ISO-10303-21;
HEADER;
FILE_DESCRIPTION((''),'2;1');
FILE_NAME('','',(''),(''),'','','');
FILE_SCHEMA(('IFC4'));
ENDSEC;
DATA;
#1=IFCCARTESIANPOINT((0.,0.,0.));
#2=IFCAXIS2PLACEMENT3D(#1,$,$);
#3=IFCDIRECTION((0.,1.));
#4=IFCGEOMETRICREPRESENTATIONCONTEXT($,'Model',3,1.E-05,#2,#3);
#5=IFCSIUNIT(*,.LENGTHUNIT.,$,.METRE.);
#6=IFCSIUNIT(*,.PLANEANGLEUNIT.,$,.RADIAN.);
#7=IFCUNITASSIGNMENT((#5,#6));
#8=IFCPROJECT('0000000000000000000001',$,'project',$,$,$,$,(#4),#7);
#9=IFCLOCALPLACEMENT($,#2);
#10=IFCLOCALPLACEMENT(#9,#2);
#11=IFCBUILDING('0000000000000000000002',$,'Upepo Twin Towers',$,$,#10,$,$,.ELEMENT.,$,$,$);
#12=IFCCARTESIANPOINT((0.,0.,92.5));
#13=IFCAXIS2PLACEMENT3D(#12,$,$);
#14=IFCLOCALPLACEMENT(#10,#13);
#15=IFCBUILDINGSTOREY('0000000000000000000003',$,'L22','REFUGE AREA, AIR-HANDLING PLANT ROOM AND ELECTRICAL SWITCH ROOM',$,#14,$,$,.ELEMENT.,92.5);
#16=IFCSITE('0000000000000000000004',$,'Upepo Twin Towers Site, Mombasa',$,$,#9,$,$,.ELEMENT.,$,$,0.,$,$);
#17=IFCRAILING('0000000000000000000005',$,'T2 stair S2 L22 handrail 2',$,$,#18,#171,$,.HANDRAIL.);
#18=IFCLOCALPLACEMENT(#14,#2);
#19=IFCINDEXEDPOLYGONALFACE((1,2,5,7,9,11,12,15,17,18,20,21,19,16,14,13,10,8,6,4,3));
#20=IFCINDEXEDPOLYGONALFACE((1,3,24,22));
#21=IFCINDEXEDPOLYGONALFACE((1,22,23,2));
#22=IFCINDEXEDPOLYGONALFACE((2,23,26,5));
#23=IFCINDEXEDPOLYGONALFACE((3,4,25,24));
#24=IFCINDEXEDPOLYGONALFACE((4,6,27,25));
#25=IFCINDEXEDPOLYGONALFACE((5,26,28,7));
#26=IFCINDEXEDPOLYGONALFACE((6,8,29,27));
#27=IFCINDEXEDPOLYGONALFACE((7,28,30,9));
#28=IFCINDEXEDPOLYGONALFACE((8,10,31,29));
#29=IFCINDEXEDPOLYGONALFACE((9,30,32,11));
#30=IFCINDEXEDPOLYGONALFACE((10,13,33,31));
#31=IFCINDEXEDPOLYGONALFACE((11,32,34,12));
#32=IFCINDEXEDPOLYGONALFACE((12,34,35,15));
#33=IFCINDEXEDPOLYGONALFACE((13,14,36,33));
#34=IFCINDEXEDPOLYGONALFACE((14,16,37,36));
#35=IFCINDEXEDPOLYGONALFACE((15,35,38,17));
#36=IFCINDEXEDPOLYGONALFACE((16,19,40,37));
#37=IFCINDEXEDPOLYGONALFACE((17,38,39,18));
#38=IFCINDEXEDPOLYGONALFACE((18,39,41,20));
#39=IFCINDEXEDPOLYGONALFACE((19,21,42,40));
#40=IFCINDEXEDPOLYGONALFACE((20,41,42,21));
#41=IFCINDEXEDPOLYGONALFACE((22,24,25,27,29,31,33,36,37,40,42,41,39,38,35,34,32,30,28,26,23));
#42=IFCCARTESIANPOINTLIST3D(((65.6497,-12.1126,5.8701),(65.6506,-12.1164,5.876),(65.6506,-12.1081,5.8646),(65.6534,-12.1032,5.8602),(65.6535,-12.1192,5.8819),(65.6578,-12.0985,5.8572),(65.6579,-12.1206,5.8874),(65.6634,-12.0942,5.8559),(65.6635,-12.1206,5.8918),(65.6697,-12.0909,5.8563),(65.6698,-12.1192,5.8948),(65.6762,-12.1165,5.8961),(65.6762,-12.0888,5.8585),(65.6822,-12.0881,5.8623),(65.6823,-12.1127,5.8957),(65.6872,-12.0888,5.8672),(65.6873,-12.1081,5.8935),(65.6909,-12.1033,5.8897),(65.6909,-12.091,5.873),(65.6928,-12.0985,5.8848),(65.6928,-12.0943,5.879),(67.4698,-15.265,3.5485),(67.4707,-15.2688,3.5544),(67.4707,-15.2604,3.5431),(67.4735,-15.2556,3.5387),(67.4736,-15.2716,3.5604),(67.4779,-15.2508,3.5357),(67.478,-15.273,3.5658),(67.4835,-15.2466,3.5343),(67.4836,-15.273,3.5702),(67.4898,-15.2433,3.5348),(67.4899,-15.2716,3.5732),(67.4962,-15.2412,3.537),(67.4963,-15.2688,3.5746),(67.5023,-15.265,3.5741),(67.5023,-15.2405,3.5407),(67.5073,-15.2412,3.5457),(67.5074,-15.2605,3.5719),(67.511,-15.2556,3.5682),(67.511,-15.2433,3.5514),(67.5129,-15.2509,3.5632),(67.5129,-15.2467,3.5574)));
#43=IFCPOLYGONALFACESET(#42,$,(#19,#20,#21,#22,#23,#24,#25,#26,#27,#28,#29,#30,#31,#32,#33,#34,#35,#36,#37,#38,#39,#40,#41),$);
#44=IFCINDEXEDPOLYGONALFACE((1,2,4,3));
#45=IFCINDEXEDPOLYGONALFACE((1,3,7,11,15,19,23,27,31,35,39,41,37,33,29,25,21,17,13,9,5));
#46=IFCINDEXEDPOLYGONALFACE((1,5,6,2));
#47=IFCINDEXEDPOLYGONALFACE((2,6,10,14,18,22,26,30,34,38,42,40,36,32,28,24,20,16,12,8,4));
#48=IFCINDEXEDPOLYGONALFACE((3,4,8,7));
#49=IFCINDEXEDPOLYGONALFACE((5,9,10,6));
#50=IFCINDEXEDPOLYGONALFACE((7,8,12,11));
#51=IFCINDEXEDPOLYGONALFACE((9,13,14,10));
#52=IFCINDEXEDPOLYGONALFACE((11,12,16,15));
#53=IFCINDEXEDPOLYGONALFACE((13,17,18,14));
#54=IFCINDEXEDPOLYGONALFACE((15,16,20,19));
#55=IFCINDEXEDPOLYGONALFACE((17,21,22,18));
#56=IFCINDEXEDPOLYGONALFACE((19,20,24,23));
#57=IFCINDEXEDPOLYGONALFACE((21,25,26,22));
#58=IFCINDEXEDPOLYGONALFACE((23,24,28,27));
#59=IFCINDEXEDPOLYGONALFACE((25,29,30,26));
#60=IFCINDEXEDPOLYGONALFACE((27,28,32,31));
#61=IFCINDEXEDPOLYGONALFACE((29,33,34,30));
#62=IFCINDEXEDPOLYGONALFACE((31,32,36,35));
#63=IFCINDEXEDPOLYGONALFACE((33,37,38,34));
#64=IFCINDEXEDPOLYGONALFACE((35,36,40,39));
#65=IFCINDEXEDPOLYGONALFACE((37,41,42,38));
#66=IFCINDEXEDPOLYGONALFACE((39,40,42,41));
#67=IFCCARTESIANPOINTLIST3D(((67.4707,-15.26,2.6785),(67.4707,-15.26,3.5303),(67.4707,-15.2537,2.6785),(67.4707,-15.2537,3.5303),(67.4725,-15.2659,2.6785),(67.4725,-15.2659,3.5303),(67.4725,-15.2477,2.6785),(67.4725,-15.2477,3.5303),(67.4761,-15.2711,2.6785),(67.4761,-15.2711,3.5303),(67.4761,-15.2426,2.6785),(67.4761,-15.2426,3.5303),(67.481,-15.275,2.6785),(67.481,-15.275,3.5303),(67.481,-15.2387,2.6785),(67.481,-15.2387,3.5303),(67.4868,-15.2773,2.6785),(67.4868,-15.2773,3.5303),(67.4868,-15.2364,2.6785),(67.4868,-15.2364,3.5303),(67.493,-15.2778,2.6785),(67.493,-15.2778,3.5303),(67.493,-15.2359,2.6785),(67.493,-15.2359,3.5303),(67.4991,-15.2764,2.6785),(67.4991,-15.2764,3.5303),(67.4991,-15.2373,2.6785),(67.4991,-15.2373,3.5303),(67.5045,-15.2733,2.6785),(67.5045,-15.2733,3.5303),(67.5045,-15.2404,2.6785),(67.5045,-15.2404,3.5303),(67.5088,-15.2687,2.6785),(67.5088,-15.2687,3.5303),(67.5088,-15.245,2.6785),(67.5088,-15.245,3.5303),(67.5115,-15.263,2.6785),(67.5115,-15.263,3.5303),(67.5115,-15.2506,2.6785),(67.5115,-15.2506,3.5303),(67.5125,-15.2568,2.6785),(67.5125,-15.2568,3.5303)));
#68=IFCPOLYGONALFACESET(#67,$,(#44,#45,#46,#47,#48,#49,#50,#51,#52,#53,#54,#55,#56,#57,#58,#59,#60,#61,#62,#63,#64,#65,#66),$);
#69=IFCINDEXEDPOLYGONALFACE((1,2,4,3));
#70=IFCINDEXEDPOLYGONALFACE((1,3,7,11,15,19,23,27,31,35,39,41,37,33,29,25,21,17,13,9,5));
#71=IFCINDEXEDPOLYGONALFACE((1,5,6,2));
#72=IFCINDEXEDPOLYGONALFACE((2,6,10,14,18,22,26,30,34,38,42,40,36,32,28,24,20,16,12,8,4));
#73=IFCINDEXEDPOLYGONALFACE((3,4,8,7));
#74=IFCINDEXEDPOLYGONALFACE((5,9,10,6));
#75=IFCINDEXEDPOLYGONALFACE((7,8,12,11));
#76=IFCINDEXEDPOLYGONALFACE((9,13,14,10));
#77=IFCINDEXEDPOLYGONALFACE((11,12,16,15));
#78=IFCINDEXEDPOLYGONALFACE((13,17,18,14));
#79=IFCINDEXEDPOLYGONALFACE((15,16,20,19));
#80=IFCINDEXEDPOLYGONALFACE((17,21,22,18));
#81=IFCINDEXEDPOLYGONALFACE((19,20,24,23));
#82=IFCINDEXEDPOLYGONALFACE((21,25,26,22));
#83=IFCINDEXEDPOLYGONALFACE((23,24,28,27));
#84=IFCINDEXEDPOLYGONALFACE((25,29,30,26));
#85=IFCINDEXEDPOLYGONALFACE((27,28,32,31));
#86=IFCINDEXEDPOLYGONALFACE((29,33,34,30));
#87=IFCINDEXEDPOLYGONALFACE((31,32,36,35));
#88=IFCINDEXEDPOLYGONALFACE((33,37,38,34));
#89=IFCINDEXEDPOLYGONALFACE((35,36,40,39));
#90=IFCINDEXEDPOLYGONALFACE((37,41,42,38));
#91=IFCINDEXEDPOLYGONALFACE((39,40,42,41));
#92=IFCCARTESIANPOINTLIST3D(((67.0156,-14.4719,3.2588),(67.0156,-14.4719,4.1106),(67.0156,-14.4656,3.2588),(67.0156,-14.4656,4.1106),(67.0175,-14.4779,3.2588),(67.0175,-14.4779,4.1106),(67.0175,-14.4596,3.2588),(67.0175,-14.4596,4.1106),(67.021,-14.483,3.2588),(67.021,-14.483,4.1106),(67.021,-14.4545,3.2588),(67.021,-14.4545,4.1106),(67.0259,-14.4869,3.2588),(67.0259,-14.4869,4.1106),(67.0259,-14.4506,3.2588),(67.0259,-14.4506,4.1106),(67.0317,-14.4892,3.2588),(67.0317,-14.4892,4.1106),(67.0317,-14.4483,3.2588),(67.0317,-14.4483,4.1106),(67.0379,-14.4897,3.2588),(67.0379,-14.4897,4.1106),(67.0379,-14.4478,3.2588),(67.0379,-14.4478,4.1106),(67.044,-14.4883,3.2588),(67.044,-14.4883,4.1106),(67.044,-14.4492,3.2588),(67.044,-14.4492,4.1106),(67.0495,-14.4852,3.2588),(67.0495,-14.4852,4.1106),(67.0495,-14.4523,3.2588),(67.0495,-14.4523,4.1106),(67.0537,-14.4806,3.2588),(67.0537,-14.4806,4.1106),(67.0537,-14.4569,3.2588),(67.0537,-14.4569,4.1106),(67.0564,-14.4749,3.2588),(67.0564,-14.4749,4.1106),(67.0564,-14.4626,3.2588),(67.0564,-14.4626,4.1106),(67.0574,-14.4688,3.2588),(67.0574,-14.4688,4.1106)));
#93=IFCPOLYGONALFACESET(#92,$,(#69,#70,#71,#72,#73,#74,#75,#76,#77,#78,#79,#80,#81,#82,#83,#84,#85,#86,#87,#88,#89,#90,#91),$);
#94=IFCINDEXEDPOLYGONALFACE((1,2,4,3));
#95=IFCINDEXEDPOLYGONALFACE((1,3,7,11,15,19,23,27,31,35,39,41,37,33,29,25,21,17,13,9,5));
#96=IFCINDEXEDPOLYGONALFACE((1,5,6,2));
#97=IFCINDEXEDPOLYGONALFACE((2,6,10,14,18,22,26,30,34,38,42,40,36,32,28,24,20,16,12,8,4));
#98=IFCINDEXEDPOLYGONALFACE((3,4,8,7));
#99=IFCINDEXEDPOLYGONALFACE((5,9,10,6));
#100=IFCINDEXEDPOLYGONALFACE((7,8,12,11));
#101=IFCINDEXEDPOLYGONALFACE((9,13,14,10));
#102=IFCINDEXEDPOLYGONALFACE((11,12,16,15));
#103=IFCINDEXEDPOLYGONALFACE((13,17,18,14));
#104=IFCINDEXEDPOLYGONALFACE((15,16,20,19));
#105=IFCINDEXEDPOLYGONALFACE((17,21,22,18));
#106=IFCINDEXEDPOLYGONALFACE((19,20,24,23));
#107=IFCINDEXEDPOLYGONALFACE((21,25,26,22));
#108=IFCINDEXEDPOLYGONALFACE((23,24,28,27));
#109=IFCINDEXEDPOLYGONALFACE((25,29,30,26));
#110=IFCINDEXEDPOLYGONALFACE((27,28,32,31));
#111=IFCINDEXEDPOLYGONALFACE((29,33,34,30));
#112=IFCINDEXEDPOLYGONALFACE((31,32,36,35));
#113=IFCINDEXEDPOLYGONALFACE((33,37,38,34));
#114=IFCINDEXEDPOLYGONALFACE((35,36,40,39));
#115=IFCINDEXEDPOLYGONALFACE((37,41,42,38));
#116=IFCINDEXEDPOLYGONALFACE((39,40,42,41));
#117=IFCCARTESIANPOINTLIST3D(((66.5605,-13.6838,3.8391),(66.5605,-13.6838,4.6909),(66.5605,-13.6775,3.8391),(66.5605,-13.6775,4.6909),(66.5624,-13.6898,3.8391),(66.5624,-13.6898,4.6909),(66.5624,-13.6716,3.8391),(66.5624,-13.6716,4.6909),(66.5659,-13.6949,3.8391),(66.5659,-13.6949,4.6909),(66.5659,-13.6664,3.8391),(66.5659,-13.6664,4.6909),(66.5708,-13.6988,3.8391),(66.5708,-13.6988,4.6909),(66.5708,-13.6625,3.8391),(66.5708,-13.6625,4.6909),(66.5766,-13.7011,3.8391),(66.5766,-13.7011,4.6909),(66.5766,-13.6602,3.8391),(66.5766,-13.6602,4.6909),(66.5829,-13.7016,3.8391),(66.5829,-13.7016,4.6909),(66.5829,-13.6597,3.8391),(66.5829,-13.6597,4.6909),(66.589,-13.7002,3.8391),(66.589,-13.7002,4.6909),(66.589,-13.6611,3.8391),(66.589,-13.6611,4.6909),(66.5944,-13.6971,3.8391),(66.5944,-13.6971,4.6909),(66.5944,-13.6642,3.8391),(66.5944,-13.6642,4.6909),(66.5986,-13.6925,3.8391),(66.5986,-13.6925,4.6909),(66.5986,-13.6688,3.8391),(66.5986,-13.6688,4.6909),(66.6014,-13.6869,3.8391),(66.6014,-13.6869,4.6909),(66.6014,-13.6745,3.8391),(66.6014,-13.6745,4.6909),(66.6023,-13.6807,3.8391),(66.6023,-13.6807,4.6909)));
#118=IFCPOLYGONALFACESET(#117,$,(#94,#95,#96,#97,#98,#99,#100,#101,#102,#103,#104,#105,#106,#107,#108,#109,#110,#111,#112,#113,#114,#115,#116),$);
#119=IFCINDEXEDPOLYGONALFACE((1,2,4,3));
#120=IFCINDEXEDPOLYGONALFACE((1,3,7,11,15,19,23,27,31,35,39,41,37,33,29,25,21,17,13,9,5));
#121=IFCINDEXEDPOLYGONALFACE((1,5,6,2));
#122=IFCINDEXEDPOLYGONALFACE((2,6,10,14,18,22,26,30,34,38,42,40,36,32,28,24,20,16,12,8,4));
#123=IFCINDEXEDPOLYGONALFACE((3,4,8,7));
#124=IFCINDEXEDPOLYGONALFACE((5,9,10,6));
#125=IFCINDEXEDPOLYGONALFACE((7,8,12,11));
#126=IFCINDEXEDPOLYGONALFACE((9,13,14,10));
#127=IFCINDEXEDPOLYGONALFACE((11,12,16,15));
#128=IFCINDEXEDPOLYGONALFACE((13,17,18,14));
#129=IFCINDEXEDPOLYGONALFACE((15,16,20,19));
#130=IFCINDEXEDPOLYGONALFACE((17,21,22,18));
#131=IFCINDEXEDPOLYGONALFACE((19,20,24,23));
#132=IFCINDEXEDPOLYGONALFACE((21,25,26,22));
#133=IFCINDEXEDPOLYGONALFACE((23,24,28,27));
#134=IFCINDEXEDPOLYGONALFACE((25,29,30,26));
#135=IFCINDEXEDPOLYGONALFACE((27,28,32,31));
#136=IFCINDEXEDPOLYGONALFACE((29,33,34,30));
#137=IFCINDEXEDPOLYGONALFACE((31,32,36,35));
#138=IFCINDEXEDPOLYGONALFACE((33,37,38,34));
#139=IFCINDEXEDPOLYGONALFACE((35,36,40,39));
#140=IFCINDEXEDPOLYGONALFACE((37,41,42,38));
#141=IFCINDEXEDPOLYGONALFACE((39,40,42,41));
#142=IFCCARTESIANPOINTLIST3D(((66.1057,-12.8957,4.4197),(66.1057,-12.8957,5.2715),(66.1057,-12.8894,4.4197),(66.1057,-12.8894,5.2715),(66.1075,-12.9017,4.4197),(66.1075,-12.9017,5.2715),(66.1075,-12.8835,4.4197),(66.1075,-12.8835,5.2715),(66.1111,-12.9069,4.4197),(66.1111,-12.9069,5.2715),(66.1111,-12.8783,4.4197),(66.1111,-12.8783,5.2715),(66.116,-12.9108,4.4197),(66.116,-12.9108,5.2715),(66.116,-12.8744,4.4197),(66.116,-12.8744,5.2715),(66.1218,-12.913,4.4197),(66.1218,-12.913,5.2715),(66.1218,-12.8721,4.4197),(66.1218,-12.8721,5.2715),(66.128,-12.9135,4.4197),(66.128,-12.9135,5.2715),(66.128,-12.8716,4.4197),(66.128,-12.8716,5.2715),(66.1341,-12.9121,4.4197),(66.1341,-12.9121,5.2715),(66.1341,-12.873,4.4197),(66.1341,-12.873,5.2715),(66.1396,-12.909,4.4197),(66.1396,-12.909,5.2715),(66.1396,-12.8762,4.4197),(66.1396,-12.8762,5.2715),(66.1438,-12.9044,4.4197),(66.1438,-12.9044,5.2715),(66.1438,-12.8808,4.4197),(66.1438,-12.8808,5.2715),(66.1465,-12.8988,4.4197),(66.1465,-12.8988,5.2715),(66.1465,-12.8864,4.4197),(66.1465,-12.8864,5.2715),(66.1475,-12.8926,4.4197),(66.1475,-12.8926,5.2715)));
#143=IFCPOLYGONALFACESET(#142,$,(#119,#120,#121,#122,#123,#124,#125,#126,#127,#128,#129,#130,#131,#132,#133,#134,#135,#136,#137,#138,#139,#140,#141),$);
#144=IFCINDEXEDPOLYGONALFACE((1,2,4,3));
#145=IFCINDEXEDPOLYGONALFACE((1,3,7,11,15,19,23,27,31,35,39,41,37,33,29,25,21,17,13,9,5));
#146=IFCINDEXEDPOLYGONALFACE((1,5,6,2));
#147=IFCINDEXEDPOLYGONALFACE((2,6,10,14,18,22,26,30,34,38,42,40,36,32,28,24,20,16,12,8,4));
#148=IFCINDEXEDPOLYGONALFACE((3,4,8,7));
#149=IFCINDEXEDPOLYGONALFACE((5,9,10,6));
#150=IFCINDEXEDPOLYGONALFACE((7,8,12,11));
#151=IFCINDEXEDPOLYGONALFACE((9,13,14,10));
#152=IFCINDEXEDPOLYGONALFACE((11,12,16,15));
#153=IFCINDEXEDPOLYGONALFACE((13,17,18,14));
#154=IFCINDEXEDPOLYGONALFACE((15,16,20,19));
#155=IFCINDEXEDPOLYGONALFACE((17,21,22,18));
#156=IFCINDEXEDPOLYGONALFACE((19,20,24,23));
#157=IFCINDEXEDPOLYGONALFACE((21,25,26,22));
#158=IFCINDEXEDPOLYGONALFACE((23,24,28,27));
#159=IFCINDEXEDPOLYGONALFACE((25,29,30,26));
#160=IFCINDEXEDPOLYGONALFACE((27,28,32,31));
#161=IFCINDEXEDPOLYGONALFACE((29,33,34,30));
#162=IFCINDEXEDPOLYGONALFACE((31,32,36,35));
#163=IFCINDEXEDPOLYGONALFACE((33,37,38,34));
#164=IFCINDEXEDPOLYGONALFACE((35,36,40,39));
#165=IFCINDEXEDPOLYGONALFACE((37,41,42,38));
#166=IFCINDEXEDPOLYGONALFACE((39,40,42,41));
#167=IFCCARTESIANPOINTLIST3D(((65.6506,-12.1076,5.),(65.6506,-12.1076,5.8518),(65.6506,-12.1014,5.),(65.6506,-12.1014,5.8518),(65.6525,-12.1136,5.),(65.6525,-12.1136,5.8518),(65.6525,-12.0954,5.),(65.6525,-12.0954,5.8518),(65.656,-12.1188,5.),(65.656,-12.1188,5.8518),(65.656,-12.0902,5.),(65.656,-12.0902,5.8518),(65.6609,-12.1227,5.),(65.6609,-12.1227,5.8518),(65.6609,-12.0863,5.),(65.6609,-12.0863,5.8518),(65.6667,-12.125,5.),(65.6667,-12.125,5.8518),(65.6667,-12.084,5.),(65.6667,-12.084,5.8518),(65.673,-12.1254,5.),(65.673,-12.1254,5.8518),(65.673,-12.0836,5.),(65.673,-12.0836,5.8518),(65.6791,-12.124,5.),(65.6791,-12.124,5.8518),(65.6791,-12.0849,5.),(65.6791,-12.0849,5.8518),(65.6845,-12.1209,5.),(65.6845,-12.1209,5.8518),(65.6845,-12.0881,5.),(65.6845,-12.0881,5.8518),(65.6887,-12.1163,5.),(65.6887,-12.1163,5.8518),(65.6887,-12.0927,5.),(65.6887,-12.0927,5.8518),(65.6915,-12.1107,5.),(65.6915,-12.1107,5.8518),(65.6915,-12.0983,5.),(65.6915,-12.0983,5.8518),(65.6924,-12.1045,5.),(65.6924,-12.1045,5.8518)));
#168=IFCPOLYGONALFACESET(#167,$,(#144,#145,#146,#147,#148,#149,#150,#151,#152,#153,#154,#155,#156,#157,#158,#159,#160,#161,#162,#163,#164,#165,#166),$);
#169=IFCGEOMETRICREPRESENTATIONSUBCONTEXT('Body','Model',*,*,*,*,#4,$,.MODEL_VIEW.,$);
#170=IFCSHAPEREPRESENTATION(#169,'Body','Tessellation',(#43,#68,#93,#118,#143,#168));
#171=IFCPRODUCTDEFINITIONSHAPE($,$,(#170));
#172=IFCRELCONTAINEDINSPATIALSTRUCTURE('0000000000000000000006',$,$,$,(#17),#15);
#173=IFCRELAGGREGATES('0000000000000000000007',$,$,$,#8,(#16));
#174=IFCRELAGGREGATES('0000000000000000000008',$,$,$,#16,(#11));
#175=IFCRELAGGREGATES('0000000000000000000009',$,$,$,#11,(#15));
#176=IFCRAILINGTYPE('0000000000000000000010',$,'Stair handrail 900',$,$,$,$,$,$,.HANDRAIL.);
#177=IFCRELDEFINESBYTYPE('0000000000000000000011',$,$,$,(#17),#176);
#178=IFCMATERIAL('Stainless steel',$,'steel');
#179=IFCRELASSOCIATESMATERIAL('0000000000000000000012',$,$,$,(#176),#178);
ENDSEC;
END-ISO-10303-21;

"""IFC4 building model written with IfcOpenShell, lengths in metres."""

from ifc_helpers import new_model, si_unit, direction, frame, origin, origin_2d, place, context, subcontext, project, spatial, circle, extrude, material, type_object, element, save


model = new_model("IFC4")

# Units and contexts
model_context = context("Model", 3, precision=1e-05, world=origin(), true_north=direction((0.0, 1.0)))
body_context = subcontext(model_context, "Body", "Model", "MODEL_VIEW")
ifc_project = project(units=[si_unit("LENGTHUNIT", "METRE"), si_unit("PLANEANGLEUNIT", "RADIAN")], contexts=[model_context])

# Site, building, storey
site_placement = place(None, origin())
site = spatial("IfcSite", under=ifc_project, at=site_placement, Name="Upepo Twin Towers Site, Mombasa", CompositionType="ELEMENT", RefElevation=0.0)
building_placement = place(site_placement, origin())
building = spatial("IfcBuilding", under=site, at=building_placement, Name="Upepo Twin Towers", CompositionType="ELEMENT")
storey_placement = place(building_placement, frame((0.0, 0.0, 92.5)))
storey = spatial("IfcBuildingStorey", under=building, at=storey_placement, Name="L22", Description="REFUGE AREA, AIR-HANDLING PLANT ROOM AND ELECTRICAL SWITCH ROOM", CompositionType="ELEMENT", Elevation=92.5)

# Railing
ifc_material_1 = material(Name="Stainless steel", Category="steel")
railing_type_1 = type_object("IfcRailingType", Name="Stair handrail 900", PredefinedType="HANDRAIL", material=ifc_material_1)
railing_1_placement = place(storey_placement, frame((67.4915, -15.2568, 2.6785)))
element("IfcRailing", 1, at=railing_1_placement, inside=storey, type_object=railing_type_1, Name="T2 stair S2 L22 handrail 2", PredefinedType="HANDRAIL", context=body_context, shape_type="SweptSolid", body=[
    extrude(circle(Radius=0.0239, at=origin_2d()), frame((0.0, 0.0, 0.876), z_axis=(-0.421572, 0.730159, 0.537723), x_axis=(-0.866018, -0.500013, 0.0)), (0.0, 0.0, 1.0), 4.3174),
    extrude(circle(Radius=0.021, at=origin_2d()), origin(), (0.0, 0.0, 1.0), 0.8518),
    extrude(circle(Radius=0.021, at=origin_2d()), frame((-0.4551, 0.7881, 0.5803)), (0.0, 0.0, 1.0), 0.8518),
    extrude(circle(Radius=0.021, at=origin_2d()), frame((-0.9102, 1.5762, 1.1606)), (0.0, 0.0, 1.0), 0.8518),
    extrude(circle(Radius=0.021, at=origin_2d()), frame((-1.365, 2.3643, 1.7412)), (0.0, 0.0, 1.0), 0.8518),
    extrude(circle(Radius=0.021, at=origin_2d()), frame((-1.8201, 3.1523, 2.3215)), (0.0, 0.0, 1.0), 0.8518),
])

save(model, "model.ifc")
